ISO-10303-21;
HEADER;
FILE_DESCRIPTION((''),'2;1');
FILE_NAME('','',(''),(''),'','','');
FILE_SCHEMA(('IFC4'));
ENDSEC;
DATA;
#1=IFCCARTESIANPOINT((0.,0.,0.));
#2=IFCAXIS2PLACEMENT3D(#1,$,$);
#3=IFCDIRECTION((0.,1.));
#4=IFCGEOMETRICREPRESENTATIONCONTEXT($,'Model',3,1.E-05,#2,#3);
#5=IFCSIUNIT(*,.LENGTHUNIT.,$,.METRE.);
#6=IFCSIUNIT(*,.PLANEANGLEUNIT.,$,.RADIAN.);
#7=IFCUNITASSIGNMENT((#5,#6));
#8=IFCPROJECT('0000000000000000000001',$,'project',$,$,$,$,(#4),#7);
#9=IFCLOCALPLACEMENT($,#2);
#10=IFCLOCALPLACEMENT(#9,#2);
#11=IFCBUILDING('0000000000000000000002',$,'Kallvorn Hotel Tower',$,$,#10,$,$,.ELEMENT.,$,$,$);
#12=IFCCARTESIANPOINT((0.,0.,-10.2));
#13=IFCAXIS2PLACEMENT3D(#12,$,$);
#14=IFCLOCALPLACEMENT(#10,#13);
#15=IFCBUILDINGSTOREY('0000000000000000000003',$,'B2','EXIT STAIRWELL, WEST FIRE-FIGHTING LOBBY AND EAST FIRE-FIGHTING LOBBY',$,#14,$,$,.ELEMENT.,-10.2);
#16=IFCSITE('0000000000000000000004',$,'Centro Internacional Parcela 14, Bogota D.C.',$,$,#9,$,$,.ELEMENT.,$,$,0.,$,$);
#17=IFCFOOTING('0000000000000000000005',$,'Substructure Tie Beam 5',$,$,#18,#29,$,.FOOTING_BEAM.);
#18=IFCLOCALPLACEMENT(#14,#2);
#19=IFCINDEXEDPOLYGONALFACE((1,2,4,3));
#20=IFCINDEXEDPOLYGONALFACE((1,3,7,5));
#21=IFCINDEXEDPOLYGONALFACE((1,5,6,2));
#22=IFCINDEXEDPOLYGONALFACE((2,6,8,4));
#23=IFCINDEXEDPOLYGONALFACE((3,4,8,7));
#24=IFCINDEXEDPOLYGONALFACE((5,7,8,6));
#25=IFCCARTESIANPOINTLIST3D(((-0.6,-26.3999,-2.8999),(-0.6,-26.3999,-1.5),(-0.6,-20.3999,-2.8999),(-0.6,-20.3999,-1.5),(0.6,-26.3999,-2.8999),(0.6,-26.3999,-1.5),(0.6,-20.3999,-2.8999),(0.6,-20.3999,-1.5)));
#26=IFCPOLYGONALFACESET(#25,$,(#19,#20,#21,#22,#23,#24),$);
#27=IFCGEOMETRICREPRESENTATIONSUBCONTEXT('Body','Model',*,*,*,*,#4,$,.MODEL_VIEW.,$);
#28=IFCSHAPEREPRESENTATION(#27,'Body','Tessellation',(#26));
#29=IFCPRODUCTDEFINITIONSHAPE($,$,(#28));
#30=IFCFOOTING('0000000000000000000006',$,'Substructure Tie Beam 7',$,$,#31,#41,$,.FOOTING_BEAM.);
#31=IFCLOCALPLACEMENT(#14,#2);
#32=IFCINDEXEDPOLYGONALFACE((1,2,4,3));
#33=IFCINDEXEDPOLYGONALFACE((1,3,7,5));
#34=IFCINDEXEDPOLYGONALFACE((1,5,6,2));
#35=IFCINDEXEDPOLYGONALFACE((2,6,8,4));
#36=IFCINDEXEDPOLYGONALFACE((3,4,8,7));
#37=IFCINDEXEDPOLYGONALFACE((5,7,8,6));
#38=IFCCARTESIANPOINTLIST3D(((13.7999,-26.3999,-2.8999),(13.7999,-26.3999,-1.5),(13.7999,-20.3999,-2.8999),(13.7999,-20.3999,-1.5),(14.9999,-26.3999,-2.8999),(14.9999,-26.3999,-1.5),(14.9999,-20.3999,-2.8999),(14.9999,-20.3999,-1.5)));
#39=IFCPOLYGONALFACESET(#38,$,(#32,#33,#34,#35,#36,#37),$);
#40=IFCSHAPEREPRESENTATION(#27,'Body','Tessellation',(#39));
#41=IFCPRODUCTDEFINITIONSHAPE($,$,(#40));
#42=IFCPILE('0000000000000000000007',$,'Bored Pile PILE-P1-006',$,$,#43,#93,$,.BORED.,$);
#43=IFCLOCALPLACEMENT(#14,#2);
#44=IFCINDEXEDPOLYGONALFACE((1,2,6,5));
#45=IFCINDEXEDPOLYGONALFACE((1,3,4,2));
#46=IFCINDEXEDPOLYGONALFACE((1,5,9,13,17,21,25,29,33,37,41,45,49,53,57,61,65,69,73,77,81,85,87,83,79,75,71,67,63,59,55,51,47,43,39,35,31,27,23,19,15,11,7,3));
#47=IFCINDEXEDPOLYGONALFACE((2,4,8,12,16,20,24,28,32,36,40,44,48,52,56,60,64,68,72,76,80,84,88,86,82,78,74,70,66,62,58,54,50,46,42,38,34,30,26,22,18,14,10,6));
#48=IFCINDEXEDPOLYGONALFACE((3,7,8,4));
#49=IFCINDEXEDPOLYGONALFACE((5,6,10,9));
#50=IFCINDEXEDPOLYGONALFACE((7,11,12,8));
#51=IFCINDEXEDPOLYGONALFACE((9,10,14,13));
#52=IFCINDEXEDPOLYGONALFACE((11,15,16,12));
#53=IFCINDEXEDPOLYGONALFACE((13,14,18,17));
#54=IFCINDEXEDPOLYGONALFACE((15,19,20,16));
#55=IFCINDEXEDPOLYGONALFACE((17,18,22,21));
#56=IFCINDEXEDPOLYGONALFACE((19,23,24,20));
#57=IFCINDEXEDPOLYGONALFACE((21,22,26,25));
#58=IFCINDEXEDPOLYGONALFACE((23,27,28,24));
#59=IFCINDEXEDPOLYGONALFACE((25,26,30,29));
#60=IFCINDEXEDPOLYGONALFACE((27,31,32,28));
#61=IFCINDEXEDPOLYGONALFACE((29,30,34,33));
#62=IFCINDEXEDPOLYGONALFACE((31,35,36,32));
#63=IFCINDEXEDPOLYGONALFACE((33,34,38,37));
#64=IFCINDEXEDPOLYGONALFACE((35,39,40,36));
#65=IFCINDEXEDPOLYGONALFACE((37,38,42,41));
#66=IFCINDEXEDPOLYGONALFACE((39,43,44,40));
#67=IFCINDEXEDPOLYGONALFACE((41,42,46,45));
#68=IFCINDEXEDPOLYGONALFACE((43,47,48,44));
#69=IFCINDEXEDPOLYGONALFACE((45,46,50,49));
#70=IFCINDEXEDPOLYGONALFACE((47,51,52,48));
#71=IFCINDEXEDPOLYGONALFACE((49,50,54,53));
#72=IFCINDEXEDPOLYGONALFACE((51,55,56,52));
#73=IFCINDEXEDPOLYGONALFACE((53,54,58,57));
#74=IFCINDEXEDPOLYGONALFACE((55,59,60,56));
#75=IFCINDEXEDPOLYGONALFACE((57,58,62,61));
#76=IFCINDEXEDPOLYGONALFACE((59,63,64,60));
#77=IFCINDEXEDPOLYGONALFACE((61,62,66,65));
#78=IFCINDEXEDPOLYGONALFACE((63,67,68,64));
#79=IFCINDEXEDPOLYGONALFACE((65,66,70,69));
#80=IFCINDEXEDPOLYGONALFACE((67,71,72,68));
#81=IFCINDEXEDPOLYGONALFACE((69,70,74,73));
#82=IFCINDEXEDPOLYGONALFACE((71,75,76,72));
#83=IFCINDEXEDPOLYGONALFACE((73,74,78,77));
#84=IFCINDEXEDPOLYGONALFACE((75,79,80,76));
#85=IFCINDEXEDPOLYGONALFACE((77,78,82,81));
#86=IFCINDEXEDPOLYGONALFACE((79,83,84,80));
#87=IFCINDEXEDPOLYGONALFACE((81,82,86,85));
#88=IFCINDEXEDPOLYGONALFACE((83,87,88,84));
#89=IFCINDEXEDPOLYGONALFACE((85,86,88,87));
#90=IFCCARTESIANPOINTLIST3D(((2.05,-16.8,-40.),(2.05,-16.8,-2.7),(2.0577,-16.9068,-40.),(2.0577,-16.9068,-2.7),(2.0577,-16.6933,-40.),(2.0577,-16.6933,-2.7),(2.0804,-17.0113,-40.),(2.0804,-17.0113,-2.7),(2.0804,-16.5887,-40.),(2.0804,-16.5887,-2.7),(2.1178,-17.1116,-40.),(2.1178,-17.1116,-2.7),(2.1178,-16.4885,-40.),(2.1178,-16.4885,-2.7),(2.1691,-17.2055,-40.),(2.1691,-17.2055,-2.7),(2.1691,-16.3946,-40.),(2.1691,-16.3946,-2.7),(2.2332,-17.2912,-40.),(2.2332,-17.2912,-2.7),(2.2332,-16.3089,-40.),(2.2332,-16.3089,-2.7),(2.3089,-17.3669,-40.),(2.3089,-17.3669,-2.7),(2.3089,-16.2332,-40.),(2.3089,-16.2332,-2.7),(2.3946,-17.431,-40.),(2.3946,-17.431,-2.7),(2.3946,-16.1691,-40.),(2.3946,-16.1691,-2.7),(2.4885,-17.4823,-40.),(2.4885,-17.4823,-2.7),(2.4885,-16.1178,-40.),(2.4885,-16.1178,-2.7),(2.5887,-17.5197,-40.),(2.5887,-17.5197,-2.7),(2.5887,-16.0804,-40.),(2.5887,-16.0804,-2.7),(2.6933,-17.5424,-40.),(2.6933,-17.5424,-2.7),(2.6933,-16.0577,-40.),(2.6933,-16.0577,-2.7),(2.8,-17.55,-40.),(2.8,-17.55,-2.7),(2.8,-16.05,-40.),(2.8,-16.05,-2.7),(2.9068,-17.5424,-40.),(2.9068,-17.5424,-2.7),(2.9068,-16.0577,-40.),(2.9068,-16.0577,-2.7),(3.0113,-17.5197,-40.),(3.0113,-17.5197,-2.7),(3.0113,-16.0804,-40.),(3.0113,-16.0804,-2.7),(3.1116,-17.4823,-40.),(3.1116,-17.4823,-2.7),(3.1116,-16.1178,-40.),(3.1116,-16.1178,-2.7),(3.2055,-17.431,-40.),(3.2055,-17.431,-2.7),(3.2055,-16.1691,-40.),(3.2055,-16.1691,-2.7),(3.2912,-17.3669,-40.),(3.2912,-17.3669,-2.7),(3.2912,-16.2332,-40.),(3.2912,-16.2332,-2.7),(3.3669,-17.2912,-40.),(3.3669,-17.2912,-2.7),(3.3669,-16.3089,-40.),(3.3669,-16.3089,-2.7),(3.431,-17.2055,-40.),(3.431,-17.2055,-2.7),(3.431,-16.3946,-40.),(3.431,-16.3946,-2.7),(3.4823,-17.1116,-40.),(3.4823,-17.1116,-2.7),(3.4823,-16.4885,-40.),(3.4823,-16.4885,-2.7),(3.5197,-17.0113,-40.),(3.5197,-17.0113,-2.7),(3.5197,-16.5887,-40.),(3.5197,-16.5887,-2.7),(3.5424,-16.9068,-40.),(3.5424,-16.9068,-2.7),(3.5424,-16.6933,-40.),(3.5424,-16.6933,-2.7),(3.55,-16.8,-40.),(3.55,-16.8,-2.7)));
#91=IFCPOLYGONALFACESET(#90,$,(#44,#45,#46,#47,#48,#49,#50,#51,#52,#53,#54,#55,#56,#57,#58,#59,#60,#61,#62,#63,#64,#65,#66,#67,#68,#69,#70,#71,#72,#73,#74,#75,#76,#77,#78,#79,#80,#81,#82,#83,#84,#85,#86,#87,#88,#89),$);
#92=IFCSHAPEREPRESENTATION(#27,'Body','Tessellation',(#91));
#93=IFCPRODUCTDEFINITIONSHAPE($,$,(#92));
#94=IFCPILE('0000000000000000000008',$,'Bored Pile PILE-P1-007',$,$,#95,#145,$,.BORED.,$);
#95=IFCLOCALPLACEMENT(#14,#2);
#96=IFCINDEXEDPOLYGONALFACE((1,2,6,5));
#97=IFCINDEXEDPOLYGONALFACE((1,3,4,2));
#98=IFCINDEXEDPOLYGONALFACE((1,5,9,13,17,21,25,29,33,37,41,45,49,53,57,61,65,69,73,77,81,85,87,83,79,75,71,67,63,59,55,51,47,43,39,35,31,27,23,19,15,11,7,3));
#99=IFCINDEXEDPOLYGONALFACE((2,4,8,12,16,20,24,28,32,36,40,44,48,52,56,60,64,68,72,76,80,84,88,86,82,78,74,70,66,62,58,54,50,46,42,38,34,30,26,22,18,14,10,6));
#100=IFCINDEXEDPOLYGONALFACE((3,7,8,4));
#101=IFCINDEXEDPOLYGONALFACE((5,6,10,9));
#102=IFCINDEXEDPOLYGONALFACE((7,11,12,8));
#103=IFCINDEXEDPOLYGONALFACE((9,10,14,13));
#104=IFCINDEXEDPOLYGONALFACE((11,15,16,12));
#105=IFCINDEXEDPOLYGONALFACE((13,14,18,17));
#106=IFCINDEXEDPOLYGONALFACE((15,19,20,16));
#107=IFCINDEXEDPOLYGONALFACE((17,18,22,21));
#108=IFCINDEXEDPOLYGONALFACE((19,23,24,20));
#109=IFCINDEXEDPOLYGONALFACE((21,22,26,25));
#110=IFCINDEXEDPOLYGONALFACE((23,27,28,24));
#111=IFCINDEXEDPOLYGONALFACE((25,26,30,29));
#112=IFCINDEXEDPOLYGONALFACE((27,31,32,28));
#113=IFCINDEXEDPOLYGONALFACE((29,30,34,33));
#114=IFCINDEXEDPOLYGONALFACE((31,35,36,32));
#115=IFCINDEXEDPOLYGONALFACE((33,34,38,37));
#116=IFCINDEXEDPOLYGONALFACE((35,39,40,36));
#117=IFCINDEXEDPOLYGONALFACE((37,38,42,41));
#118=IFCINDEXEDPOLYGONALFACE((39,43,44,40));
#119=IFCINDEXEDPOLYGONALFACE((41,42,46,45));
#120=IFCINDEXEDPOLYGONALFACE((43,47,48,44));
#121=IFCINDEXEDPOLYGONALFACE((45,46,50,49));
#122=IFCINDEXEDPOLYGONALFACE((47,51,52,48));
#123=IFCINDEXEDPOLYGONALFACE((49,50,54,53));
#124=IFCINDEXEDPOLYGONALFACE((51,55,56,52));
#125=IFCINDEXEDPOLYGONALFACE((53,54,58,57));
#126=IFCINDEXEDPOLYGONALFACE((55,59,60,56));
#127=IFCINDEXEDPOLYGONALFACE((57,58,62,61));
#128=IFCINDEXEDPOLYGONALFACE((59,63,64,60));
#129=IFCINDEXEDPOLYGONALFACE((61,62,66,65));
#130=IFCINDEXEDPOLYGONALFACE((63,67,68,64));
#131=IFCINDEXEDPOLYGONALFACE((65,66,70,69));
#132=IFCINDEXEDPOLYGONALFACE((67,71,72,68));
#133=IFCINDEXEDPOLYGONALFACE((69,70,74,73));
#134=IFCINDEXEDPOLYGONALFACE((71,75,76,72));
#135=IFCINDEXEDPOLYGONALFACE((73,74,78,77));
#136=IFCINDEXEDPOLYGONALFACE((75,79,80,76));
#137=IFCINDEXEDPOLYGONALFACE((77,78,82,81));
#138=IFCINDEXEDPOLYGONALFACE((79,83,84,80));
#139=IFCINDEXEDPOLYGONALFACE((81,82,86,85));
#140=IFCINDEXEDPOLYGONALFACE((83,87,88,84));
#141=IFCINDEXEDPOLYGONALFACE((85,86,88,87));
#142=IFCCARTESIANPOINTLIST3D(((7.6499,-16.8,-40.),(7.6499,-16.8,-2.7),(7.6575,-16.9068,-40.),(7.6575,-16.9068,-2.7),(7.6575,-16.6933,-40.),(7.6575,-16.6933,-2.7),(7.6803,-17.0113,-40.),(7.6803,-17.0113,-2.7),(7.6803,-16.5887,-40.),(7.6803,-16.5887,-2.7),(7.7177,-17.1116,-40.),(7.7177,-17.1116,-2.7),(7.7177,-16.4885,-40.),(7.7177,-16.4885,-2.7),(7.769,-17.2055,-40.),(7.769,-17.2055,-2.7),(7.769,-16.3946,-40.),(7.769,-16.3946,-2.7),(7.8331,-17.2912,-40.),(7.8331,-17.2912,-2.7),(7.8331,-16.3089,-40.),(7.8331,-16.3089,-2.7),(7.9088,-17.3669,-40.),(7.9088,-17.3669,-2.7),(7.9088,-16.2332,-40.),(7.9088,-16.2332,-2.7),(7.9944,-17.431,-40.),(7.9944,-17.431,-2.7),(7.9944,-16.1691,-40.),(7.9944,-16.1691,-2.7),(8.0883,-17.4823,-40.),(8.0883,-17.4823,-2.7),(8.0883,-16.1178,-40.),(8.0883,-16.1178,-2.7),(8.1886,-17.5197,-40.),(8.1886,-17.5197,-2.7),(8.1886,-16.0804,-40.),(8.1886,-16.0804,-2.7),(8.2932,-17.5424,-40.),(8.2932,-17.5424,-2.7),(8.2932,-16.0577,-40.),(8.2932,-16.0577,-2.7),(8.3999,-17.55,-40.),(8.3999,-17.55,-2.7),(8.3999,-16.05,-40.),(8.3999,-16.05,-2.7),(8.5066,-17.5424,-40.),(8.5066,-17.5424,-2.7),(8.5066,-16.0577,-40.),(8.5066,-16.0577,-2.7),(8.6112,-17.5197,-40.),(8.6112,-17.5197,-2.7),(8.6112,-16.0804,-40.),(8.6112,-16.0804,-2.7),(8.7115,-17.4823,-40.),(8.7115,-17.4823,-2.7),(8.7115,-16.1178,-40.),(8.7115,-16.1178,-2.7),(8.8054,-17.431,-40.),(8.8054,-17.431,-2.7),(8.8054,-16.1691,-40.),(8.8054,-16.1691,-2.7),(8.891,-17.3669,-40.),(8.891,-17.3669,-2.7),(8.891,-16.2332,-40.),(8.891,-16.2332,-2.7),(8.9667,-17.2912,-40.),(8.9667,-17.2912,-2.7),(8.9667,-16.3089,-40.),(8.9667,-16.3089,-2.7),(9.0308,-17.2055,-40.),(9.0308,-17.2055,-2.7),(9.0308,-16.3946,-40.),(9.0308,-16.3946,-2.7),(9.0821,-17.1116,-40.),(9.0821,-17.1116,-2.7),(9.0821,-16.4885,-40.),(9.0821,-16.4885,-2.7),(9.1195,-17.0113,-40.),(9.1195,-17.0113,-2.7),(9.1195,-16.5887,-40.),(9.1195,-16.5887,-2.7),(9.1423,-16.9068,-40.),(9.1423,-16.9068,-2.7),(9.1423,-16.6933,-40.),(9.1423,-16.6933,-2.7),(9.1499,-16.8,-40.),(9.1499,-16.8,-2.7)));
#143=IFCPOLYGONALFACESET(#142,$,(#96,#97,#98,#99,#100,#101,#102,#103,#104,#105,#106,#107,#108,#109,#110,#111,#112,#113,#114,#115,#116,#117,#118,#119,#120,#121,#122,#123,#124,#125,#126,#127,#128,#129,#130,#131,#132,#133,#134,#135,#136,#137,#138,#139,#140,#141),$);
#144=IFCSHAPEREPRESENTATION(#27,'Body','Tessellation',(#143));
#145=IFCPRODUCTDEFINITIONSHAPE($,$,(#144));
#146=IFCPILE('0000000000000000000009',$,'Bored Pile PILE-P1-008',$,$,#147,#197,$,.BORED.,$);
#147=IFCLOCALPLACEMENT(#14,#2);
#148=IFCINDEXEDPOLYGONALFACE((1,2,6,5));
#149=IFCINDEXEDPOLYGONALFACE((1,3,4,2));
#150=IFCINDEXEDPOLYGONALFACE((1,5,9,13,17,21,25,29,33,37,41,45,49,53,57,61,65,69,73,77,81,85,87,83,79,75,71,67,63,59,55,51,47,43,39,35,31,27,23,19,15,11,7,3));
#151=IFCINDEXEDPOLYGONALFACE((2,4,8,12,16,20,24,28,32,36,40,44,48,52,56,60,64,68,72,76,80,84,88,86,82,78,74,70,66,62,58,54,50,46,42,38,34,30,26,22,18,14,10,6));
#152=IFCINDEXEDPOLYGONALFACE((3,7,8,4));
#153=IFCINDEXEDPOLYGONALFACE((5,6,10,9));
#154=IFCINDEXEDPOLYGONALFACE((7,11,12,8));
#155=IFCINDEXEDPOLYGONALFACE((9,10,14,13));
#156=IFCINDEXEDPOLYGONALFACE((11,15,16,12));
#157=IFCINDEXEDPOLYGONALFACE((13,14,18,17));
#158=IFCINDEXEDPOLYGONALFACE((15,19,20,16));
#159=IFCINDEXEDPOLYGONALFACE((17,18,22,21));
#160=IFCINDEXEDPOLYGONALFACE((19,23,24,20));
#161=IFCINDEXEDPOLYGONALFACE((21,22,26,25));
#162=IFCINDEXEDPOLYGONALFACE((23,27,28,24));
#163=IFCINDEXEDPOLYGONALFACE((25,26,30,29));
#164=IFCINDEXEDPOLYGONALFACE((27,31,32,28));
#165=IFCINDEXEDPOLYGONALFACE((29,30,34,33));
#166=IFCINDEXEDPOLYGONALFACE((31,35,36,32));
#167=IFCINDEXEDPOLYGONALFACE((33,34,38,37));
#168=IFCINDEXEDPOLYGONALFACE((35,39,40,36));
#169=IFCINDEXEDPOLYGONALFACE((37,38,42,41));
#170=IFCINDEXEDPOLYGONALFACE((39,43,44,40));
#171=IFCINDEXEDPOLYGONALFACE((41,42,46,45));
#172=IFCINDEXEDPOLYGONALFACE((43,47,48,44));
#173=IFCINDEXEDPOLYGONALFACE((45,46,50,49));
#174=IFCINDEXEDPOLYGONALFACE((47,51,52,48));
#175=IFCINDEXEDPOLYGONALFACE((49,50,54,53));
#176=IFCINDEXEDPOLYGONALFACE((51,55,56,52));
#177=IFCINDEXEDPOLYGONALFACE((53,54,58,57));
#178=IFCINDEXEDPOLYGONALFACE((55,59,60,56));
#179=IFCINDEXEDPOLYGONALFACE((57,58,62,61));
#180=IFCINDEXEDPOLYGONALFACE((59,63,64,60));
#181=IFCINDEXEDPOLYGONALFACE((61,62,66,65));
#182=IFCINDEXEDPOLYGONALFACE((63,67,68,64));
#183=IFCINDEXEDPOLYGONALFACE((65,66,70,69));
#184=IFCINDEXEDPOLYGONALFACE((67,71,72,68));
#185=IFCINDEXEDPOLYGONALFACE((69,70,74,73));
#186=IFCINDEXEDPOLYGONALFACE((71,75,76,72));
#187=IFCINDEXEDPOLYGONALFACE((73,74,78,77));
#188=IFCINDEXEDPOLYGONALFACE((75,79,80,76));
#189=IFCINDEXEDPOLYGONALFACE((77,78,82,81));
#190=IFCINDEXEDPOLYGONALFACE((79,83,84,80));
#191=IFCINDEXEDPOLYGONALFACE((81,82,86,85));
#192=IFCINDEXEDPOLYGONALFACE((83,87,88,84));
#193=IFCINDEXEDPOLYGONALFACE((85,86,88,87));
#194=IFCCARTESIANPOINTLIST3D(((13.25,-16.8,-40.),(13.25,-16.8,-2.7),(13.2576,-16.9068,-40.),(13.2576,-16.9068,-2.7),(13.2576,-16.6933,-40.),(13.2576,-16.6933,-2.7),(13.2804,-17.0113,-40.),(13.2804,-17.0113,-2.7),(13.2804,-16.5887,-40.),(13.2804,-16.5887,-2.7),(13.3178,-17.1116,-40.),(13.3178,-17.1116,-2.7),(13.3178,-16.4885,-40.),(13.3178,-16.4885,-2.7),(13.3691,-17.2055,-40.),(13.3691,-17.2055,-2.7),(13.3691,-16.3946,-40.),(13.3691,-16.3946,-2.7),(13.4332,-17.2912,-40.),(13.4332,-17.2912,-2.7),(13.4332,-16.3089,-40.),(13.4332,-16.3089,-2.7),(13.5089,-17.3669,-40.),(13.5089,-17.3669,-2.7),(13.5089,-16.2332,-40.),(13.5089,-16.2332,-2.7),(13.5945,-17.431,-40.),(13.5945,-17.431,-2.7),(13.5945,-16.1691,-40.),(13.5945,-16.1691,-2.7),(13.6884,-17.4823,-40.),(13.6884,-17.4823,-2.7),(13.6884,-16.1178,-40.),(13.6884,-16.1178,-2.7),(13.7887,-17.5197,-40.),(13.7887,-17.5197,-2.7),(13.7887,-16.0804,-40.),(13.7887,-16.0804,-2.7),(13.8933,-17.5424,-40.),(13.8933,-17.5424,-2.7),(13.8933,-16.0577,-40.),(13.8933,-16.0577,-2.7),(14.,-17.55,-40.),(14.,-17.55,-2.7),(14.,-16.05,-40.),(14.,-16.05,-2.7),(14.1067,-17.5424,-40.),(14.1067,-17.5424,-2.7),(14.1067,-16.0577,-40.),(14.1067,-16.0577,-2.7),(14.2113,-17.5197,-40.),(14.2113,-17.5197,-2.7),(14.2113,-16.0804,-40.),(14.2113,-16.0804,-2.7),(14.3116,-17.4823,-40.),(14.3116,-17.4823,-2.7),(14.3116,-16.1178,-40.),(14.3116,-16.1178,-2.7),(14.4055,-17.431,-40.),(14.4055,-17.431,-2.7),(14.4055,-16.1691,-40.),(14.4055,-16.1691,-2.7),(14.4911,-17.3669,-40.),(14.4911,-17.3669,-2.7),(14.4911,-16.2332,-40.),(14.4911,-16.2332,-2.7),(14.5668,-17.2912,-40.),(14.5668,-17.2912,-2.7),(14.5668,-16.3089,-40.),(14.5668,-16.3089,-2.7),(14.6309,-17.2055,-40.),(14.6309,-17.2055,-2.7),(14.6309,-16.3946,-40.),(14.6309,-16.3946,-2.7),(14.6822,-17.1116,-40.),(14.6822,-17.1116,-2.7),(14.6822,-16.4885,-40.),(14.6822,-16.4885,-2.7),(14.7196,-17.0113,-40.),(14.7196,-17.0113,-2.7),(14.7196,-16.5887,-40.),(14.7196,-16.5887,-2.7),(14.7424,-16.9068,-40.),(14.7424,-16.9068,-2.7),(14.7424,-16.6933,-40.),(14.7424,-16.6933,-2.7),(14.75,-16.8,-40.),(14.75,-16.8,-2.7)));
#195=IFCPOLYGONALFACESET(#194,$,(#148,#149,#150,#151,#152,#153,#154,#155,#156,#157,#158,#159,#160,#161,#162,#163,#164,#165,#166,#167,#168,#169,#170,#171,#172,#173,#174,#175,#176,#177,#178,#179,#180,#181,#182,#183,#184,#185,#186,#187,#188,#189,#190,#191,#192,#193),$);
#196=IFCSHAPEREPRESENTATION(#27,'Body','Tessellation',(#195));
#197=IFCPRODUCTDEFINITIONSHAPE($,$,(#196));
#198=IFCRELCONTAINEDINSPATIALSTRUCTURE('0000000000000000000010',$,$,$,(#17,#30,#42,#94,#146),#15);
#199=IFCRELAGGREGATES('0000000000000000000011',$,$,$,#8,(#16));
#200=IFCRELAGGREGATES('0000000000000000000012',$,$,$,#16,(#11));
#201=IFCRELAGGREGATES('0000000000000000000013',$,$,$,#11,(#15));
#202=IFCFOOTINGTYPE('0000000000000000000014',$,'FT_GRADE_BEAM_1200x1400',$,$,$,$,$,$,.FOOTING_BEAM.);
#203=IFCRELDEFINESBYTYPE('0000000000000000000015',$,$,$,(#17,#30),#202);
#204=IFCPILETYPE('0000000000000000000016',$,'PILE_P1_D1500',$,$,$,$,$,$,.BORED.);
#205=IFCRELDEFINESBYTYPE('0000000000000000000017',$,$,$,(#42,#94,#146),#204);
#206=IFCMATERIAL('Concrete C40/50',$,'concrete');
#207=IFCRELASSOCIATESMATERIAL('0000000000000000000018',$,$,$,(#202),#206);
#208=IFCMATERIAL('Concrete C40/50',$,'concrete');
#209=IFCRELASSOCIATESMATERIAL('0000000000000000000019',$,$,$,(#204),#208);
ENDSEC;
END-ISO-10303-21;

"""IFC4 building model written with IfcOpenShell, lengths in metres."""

from ifc_helpers import new_model, si_unit, direction, frame, origin, origin_2d, place, context, subcontext, project, spatial, rectangle, circle, extrude, material, material_profile, profile_set, type_object, element, save


model = new_model("IFC4")

# Units and contexts
model_context = context("Model", 3, precision=1e-05, world=origin(), true_north=direction((0.0, 1.0)))
body_context = subcontext(model_context, "Body", "Model", "MODEL_VIEW")
ifc_project = project(units=[si_unit("LENGTHUNIT", "METRE"), si_unit("PLANEANGLEUNIT", "RADIAN")], contexts=[model_context])

# Site, building, storey
site_placement = place(None, origin())
site = spatial("IfcSite", under=ifc_project, at=site_placement, Name="Centro Internacional Parcela 14, Bogota D.C.", CompositionType="ELEMENT", RefElevation=0.0)
building_placement = place(site_placement, origin())
building = spatial("IfcBuilding", under=site, at=building_placement, Name="Kallvorn Hotel Tower", CompositionType="ELEMENT")
storey_placement = place(building_placement, frame((0.0, 0.0, -10.2)))
storey = spatial("IfcBuildingStorey", under=building, at=storey_placement, Name="B2", Description="EXIT STAIRWELL, WEST FIRE-FIGHTING LOBBY AND EAST FIRE-FIGHTING LOBBY", CompositionType="ELEMENT", Elevation=-10.2)

# Footings
ifc_material_1 = material(Name="Concrete C40/50", Category="concrete")
ifc_material_profile_1 = material_profile(ifc_material_1, rectangle(XDim=1.2, YDim=1.3999, at=origin_2d()), Name="RC 1200x1400")
ifc_profile_set_1 = profile_set([ifc_material_profile_1], Name="Concrete C40/50")
footing_type = type_object("IfcFootingType", Name="FT_GRADE_BEAM_1200x1400", PredefinedType="FOOTING_BEAM", material=ifc_profile_set_1)
for number, where, z_axis, x_axis, name in (
    (1, (0.0, -26.3999, -2.2), (0.0, 1.0, 0.0), (-1.0, 0.0, 0.0), "Substructure Tie Beam 5"),
    (2, (14.3999, -26.3999, -2.2), (0.0, 1.0, 0.0), (-1.0, 0.0, 0.0), "Substructure Tie Beam 7"),
):
    element("IfcFooting", number, at=place(storey_placement, frame(where, z_axis=z_axis, x_axis=x_axis)), inside=storey, type_object=footing_type, Name=name, PredefinedType="FOOTING_BEAM", context=body_context, shape_type="SweptSolid", body=[
        extrude(rectangle(XDim=1.2, YDim=1.3999, at=origin_2d()), origin(), (0.0, 0.0, 1.0), 6.0),
    ])

# Piles
ifc_material_2 = material(Name="Concrete C40/50", Category="concrete")
ifc_material_profile_2 = material_profile(ifc_material_2, circle(Radius=0.75, at=origin_2d()), Name="PILE D1500")
ifc_profile_set_2 = profile_set([ifc_material_profile_2], Name="Concrete C40/50")
pile_type_1 = type_object("IfcPileType", Name="PILE_P1_D1500", PredefinedType="BORED", material=ifc_profile_set_2)
for number, where, z_axis, x_axis, name in (
    (3, (2.8, -16.8, -2.7), (0.0, 0.0, -1.0), (1.0, 0.0, 0.0), "Bored Pile PILE-P1-006"),
    (4, (8.3999, -16.8, -2.7), (0.0, 0.0, -1.0), (1.0, 0.0, 0.0), "Bored Pile PILE-P1-007"),
    (5, (14.0, -16.8, -2.7), (0.0, 0.0, -1.0), (1.0, 0.0, 0.0), "Bored Pile PILE-P1-008"),
):
    element("IfcPile", number, at=place(storey_placement, frame(where, z_axis=z_axis, x_axis=x_axis)), inside=storey, type_object=pile_type_1, Name=name, PredefinedType="BORED", context=body_context, shape_type="SweptSolid", body=[
        extrude(circle(Radius=0.75, at=origin_2d()), origin(), (0.0, 0.0, 1.0), 37.3),
    ])

save(model, "model.ifc")
